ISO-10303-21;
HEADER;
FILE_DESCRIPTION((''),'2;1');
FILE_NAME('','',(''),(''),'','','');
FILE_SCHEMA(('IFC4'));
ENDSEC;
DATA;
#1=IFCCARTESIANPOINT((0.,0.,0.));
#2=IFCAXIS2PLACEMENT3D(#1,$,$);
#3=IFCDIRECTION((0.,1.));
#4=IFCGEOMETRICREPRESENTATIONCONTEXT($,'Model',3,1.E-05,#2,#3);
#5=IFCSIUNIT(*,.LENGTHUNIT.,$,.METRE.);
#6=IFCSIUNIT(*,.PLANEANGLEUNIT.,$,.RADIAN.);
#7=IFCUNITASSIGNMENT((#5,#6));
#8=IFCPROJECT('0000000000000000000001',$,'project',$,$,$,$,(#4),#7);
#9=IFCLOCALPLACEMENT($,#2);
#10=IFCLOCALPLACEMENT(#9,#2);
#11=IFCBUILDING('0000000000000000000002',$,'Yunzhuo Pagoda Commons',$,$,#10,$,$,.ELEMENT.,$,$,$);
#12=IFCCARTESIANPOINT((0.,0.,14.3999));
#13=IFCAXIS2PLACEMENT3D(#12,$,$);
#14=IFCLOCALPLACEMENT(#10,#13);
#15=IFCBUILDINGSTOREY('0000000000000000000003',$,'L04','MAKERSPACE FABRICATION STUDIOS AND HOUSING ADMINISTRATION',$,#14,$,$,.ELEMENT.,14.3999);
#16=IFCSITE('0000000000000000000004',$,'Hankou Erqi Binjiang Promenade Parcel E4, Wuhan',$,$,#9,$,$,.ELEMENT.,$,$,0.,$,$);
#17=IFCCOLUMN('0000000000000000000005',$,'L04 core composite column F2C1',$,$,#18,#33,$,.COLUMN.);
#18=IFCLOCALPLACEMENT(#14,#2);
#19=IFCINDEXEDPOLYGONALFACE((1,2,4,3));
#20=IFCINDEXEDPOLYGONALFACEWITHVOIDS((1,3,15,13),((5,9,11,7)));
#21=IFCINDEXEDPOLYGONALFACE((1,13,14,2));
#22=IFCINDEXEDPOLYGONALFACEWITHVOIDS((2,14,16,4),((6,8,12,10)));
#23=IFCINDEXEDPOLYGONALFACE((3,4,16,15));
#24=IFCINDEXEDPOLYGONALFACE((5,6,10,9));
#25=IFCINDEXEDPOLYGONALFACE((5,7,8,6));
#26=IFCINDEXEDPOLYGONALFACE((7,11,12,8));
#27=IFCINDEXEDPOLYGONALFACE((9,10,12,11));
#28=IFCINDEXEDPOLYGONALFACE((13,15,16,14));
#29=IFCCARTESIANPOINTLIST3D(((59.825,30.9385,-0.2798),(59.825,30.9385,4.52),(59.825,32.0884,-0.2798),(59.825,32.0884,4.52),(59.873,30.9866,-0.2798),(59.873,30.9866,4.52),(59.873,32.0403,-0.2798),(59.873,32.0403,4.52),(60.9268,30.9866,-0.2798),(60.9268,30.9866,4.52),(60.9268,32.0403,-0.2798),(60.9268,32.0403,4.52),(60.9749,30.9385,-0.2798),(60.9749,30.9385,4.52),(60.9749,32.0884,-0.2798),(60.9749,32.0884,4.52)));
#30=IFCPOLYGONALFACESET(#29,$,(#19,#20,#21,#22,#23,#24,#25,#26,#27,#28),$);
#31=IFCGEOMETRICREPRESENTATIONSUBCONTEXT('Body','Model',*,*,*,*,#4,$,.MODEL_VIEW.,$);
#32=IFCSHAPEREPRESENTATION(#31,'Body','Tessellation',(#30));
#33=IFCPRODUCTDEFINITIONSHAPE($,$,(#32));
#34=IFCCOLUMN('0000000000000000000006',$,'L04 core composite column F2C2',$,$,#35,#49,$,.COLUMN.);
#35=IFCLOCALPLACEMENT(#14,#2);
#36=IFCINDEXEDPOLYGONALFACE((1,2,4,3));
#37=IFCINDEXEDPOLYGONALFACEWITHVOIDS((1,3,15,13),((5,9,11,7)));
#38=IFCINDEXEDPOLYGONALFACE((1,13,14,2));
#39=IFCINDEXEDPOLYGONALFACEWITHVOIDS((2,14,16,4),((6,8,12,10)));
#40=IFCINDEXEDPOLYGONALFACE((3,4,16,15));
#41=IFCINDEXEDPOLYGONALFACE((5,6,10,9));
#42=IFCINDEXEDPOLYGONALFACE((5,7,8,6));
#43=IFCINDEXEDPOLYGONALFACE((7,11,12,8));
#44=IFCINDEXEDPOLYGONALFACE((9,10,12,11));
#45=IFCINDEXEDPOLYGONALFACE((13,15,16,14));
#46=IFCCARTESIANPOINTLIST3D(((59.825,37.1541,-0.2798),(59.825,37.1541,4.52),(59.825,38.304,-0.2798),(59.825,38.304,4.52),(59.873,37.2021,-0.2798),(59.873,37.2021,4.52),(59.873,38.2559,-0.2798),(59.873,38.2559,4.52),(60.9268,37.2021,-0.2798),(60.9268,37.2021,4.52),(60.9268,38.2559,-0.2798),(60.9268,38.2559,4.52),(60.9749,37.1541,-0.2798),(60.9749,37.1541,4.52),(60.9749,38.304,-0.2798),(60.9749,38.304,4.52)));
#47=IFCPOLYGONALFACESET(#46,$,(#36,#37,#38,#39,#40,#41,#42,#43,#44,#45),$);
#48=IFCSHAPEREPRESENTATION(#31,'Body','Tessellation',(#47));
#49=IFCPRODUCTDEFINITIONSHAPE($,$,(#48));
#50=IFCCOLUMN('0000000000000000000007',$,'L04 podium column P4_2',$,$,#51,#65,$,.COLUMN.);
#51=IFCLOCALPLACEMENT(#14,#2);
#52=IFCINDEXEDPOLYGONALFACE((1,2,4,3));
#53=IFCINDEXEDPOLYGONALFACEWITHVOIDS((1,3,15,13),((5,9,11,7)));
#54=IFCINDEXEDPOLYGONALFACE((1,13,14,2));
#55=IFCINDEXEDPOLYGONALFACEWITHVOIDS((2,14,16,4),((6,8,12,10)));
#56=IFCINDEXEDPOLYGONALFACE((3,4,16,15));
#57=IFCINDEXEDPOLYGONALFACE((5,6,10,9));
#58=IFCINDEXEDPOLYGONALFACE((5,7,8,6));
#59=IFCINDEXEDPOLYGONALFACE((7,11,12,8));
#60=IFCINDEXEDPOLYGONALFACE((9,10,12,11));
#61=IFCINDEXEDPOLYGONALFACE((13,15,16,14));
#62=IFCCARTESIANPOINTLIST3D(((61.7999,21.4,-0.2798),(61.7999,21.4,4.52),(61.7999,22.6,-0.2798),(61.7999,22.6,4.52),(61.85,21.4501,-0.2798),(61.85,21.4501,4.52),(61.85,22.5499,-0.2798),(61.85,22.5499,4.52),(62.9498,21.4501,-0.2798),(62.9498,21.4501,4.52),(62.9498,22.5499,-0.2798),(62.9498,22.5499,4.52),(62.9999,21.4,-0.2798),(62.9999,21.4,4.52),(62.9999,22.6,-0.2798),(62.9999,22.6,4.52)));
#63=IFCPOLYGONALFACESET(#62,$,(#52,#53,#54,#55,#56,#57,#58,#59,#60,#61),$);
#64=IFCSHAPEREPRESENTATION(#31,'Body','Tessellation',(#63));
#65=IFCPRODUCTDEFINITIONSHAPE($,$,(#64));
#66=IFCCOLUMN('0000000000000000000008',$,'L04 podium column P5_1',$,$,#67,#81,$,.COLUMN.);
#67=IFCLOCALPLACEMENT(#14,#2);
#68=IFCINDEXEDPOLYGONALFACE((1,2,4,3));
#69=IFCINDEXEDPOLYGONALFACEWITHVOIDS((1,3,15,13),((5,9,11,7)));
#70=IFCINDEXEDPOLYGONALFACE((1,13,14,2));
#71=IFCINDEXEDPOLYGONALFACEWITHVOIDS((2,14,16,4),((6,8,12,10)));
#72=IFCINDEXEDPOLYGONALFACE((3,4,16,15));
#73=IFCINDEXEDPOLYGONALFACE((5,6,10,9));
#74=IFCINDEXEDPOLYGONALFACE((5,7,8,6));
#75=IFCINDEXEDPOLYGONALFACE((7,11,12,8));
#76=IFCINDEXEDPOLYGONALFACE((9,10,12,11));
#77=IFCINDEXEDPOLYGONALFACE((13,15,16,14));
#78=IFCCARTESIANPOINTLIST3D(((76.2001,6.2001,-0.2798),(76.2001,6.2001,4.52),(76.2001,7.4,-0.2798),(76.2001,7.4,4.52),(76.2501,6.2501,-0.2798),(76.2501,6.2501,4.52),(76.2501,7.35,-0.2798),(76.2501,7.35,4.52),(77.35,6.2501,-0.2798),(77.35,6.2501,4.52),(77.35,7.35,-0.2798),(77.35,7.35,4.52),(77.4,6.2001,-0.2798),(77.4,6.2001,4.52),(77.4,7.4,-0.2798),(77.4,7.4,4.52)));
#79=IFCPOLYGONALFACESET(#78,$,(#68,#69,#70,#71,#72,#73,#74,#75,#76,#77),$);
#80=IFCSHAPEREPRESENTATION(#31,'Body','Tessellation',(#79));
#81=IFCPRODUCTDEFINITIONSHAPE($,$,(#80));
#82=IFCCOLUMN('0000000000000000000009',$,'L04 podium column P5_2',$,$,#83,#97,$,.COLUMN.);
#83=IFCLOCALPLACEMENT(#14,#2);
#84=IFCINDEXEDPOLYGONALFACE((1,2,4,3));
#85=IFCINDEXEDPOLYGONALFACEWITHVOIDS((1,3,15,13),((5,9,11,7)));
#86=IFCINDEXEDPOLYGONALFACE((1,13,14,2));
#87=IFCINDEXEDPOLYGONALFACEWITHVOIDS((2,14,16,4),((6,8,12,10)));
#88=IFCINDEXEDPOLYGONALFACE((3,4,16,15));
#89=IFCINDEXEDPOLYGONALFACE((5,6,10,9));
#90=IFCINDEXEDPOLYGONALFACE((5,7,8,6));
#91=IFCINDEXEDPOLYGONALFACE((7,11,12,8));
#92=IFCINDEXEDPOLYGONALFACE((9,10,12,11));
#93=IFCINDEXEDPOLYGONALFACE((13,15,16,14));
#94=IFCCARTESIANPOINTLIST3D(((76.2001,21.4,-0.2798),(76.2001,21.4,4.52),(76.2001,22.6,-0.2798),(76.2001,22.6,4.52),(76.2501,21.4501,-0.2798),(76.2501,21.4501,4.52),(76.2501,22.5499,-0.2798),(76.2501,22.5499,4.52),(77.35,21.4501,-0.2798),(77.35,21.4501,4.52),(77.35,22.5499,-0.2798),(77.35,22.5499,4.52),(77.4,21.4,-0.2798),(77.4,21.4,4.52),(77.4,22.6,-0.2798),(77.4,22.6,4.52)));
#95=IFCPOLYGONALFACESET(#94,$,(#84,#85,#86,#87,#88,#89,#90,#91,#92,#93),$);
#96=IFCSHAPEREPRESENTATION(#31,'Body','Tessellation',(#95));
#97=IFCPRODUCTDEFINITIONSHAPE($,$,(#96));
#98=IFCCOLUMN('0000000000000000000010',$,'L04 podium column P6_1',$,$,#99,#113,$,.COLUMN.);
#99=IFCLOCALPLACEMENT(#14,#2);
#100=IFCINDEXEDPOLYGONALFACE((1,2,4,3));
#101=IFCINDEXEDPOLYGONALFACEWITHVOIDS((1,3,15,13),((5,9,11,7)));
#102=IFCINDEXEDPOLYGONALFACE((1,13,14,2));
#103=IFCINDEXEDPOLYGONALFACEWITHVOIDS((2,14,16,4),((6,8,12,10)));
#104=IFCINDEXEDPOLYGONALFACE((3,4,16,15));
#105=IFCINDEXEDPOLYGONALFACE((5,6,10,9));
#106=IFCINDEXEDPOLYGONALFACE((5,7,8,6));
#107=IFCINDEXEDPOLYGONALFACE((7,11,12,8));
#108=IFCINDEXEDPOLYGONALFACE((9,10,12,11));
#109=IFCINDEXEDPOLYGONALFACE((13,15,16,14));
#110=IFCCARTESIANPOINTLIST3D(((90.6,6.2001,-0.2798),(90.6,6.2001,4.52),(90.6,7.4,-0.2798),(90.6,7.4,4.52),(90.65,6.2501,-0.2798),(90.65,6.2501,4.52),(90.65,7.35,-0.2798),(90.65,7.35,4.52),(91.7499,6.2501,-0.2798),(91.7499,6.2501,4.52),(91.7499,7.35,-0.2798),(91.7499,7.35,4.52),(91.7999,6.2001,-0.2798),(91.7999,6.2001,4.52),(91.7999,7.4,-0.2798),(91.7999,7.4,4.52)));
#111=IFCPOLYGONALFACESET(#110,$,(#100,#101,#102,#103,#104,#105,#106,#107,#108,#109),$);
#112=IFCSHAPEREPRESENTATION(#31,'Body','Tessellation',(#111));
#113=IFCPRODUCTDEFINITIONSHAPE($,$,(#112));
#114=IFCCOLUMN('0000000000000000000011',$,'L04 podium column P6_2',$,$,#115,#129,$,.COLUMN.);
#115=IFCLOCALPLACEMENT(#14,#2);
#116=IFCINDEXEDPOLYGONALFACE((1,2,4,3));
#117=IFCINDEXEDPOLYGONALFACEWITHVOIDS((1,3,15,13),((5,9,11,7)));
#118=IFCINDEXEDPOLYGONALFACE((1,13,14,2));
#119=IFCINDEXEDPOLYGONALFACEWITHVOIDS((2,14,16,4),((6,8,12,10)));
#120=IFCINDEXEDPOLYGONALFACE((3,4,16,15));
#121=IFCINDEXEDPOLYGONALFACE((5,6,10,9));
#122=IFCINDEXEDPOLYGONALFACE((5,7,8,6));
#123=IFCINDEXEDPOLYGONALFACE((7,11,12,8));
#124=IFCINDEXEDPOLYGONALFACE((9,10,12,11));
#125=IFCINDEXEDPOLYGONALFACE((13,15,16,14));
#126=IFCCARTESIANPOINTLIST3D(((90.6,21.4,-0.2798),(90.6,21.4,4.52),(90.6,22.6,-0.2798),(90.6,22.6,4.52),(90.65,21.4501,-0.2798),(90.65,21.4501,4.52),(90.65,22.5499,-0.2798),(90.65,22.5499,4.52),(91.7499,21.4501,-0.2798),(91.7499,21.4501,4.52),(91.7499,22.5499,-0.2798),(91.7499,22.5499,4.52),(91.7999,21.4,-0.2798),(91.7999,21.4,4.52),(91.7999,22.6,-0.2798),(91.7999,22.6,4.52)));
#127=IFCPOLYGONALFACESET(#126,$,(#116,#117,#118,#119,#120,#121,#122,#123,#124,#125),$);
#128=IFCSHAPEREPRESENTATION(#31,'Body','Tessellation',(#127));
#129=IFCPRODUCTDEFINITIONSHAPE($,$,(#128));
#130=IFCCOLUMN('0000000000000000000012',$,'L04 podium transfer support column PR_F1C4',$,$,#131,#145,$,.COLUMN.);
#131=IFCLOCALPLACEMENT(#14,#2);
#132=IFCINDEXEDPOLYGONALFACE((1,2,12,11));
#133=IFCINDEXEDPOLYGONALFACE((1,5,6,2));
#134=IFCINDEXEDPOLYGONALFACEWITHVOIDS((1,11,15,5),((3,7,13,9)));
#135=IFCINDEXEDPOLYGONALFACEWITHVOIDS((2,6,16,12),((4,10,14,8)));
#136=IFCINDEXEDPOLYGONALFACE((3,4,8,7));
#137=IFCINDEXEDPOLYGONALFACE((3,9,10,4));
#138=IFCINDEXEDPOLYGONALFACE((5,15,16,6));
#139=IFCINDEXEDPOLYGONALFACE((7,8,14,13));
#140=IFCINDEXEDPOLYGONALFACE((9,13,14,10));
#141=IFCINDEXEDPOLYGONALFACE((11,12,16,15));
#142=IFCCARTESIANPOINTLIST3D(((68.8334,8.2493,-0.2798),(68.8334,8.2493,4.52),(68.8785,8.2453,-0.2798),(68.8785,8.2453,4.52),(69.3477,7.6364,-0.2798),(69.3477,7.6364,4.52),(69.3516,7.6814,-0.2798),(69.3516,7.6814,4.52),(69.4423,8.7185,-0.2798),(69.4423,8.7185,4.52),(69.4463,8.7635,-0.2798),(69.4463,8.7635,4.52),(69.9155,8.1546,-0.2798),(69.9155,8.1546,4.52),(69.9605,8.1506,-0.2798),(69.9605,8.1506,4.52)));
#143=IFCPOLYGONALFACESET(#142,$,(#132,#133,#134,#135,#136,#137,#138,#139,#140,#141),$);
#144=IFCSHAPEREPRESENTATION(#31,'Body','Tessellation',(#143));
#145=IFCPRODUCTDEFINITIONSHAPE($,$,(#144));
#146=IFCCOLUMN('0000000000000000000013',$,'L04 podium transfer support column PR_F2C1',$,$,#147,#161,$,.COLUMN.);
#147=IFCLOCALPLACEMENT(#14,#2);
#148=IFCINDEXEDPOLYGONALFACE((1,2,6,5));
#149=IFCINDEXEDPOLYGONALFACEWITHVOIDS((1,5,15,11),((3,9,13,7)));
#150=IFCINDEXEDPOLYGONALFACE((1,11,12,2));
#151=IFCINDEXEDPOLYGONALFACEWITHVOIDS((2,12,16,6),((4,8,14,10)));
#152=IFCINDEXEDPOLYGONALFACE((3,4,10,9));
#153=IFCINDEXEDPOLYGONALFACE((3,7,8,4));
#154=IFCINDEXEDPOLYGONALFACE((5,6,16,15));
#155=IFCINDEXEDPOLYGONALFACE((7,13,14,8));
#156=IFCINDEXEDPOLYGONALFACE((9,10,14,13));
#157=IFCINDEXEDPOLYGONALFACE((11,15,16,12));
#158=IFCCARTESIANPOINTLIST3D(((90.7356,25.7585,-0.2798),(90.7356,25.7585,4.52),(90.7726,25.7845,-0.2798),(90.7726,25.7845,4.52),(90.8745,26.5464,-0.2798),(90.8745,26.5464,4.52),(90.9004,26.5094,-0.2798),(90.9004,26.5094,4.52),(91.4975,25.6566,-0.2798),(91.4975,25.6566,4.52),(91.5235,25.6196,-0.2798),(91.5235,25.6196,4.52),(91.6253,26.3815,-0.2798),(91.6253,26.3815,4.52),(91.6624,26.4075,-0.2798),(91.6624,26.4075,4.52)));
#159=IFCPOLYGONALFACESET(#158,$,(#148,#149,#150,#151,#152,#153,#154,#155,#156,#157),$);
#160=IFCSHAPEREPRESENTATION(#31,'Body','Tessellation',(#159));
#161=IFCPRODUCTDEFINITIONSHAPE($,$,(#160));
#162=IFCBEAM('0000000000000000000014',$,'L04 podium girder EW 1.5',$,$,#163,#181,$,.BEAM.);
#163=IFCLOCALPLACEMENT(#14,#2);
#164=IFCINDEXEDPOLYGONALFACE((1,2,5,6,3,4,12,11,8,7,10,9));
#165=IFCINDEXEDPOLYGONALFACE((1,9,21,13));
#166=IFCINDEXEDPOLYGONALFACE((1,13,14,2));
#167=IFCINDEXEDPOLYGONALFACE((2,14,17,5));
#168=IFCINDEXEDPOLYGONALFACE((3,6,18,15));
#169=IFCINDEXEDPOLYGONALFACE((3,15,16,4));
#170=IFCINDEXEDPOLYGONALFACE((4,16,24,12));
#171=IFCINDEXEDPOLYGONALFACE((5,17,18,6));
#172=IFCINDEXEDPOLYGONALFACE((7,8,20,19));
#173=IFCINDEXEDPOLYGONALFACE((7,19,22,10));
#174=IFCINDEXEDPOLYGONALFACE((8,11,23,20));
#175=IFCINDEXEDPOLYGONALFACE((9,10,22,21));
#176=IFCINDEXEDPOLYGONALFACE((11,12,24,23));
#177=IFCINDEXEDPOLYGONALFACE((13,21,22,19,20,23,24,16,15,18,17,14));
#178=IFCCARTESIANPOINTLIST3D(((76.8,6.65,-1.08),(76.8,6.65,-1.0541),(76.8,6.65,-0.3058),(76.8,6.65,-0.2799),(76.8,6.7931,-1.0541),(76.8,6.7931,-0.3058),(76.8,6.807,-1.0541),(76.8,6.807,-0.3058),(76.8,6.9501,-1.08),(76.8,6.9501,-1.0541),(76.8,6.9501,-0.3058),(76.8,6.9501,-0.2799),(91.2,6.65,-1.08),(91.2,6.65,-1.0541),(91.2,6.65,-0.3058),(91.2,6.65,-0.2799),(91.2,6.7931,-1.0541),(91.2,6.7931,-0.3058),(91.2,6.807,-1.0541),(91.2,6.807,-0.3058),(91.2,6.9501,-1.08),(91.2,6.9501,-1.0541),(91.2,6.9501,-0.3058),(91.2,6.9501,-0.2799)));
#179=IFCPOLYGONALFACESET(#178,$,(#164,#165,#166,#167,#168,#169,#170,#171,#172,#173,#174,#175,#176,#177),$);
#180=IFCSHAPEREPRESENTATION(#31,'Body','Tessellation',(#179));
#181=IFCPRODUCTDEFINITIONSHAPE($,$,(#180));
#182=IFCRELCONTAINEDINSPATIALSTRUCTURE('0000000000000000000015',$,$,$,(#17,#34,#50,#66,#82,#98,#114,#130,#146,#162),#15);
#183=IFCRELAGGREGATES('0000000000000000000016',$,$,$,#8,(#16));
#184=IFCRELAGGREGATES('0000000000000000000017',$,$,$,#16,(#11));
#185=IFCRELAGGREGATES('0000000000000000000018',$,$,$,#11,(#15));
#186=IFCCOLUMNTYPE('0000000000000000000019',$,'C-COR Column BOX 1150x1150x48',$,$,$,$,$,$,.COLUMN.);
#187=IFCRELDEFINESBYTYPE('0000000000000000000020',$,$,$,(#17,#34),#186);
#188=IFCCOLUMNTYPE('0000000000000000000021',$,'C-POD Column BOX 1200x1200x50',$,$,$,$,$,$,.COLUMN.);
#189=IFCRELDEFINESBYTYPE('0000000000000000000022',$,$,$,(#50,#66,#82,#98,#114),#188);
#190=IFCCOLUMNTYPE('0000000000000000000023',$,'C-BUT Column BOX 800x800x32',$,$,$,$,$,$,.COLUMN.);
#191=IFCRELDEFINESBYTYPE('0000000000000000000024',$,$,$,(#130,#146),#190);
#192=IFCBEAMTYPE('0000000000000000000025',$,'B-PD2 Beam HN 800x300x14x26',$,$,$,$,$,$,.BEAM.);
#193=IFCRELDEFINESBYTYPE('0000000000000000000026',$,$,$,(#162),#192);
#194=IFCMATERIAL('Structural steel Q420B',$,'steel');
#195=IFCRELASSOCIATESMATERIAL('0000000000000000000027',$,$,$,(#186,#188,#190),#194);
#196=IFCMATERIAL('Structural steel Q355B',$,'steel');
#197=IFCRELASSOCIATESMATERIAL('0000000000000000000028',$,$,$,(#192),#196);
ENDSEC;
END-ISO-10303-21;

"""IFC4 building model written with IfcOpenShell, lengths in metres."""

from ifc_helpers import new_model, si_unit, direction, frame, origin, origin_2d, place, context, subcontext, project, spatial, hollow_rectangle, i_section, extrude, source, transform, mapped, material, material_profile, profile_set, type_object, element, save


model = new_model("IFC4")

# Units and contexts
model_context = context("Model", 3, precision=1e-05, world=origin(), true_north=direction((0.0, 1.0)))
body_context = subcontext(model_context, "Body", "Model", "MODEL_VIEW")
ifc_project = project(units=[si_unit("LENGTHUNIT", "METRE"), si_unit("PLANEANGLEUNIT", "RADIAN")], contexts=[model_context])

# Site, building, storey
site_placement = place(None, origin())
site = spatial("IfcSite", under=ifc_project, at=site_placement, Name="Hankou Erqi Binjiang Promenade Parcel E4, Wuhan", CompositionType="ELEMENT", RefElevation=0.0)
building_placement = place(site_placement, origin())
building = spatial("IfcBuilding", under=site, at=building_placement, Name="Yunzhuo Pagoda Commons", CompositionType="ELEMENT")
storey_placement = place(building_placement, frame((0.0, 0.0, 14.3999)))
storey = spatial("IfcBuildingStorey", under=building, at=storey_placement, Name="L04", Description="MAKERSPACE FABRICATION STUDIOS AND HOUSING ADMINISTRATION", CompositionType="ELEMENT", Elevation=14.3999)

# Columns
ifc_material_1 = material(Name="Structural steel Q420B", Category="steel")
ifc_material_profile_1 = material_profile(ifc_material_1, hollow_rectangle(XDim=1.1499, YDim=1.1499, WallThickness=0.0481, at=origin_2d()), Name="Structural steel Q420B")
ifc_profile_set_1 = profile_set([ifc_material_profile_1], Name="Structural steel Q420B")
column_type_1 = type_object("IfcColumnType", Name="C-COR Column BOX 1150x1150x48", PredefinedType="COLUMN", material=ifc_profile_set_1)
shared_shape_1 = source(origin(), body_context, "Body", "SweptSolid", [
    extrude(hollow_rectangle(XDim=1.1499, YDim=1.1499, WallThickness=0.0481, at=origin_2d()), origin(), (0.0, 0.0, 1.0), 4.7998),
])
for number, where, z_axis, x_axis, name in (
    (1, (60.3999, 31.5134, -0.2798), (0.0, 0.0, 1.0), (1.0, 0.0, 0.0), "L04 core composite column F2C1"),
    (2, (60.3999, 37.729, -0.2798), (0.0, 0.0, 1.0), (1.0, 0.0, 0.0), "L04 core composite column F2C2"),
):
    element("IfcColumn", number, at=place(storey_placement, frame(where, z_axis=z_axis, x_axis=x_axis)), inside=storey, type_object=column_type_1, Name=name, PredefinedType="COLUMN", context=body_context, shape_type="MappedRepresentation", body=[
        mapped(shared_shape_1, transform((0.0, 0.0, 0.0), scale=1.0)),
    ])
ifc_material_profile_2 = material_profile(ifc_material_1, hollow_rectangle(XDim=1.2, YDim=1.2, WallThickness=0.05, at=origin_2d()), Name="Structural steel Q420B")
ifc_profile_set_2 = profile_set([ifc_material_profile_2], Name="Structural steel Q420B")
column_type_2 = type_object("IfcColumnType", Name="C-POD Column BOX 1200x1200x50", PredefinedType="COLUMN", material=ifc_profile_set_2)
shared_shape_2 = source(origin(), body_context, "Body", "SweptSolid", [
    extrude(hollow_rectangle(XDim=1.2, YDim=1.2, WallThickness=0.05, at=origin_2d()), origin(), (0.0, 0.0, 1.0), 4.7998),
])
for number, where, z_axis, x_axis, name in (
    (3, (62.3999, 22.0, -0.2798), (0.0, 0.0, 1.0), (1.0, 0.0, 0.0), "L04 podium column P4_2"),
    (4, (76.8, 6.8, -0.2798), (0.0, 0.0, 1.0), (1.0, 0.0, 0.0), "L04 podium column P5_1"),
    (5, (76.8, 22.0, -0.2798), (0.0, 0.0, 1.0), (1.0, 0.0, 0.0), "L04 podium column P5_2"),
    (6, (91.2, 6.8, -0.2798), (0.0, 0.0, 1.0), (1.0, 0.0, 0.0), "L04 podium column P6_1"),
    (7, (91.2, 22.0, -0.2798), (0.0, 0.0, 1.0), (1.0, 0.0, 0.0), "L04 podium column P6_2"),
):
    element("IfcColumn", number, at=place(storey_placement, frame(where, z_axis=z_axis, x_axis=x_axis)), inside=storey, type_object=column_type_2, Name=name, PredefinedType="COLUMN", context=body_context, shape_type="MappedRepresentation", body=[
        mapped(shared_shape_2, transform((0.0, 0.0, 0.0), scale=1.0)),
    ])
ifc_material_profile_3 = material_profile(ifc_material_1, hollow_rectangle(XDim=0.8, YDim=0.8, WallThickness=0.032, at=origin_2d()), Name="Structural steel Q420B")
ifc_profile_set_3 = profile_set([ifc_material_profile_3], Name="Structural steel Q420B")
column_type_3 = type_object("IfcColumnType", Name="C-BUT Column BOX 800x800x32", PredefinedType="COLUMN", material=ifc_profile_set_3)
shared_shape_3 = source(origin(), body_context, "Body", "SweptSolid", [
    extrude(hollow_rectangle(XDim=0.8, YDim=0.8, WallThickness=0.032, at=origin_2d()), origin(), (0.0, 0.0, 1.0), 4.7998),
])
for number, where, z_axis, x_axis, name in (
    (8, (69.397, 8.2, -0.2798), (0.0, 0.0, 1.0), (0.766044, 0.642788, 0.0), "L04 podium transfer support column PR_F1C4"),
    (9, (91.199, 26.083, -0.2798), (0.0, 0.0, 1.0), (0.173648, 0.984808, 0.0), "L04 podium transfer support column PR_F2C1"),
):
    element("IfcColumn", number, at=place(storey_placement, frame(where, z_axis=z_axis, x_axis=x_axis)), inside=storey, type_object=column_type_3, Name=name, PredefinedType="COLUMN", context=body_context, shape_type="MappedRepresentation", body=[
        mapped(shared_shape_3, transform((0.0, 0.0, 0.0), scale=1.0)),
    ])

# Beam
ifc_material_2 = material(Name="Structural steel Q355B", Category="steel")
ifc_material_profile_4 = material_profile(ifc_material_2, i_section(OverallWidth=0.3, OverallDepth=0.8, WebThickness=0.0139, FlangeThickness=0.0259, at=origin_2d()), Name="Structural steel Q355B")
ifc_profile_set_4 = profile_set([ifc_material_profile_4], Name="Structural steel Q355B")
beam_type_1 = type_object("IfcBeamType", Name="B-PD2 Beam HN 800x300x14x26", PredefinedType="BEAM", material=ifc_profile_set_4)
shared_shape_4 = source(origin(), body_context, "Body", "SweptSolid", [
    extrude(i_section(OverallWidth=0.3, OverallDepth=0.8, WebThickness=0.0139, FlangeThickness=0.0259, at=origin_2d()), origin(), (0.0, 0.0, 1.0), 14.3999),
])
beam_1_placement = place(storey_placement, frame((76.8, 6.8, -0.6799), z_axis=(1.0, 0.0, 0.0), x_axis=(0.0, 1.0, 0.0)))
element("IfcBeam", 10, at=beam_1_placement, inside=storey, type_object=beam_type_1, Name="L04 podium girder EW 1.5", PredefinedType="BEAM", context=body_context, shape_type="MappedRepresentation", body=[
    mapped(shared_shape_4, transform((0.0, 0.0, 0.0), scale=1.0)),
])

save(model, "model.ifc")
